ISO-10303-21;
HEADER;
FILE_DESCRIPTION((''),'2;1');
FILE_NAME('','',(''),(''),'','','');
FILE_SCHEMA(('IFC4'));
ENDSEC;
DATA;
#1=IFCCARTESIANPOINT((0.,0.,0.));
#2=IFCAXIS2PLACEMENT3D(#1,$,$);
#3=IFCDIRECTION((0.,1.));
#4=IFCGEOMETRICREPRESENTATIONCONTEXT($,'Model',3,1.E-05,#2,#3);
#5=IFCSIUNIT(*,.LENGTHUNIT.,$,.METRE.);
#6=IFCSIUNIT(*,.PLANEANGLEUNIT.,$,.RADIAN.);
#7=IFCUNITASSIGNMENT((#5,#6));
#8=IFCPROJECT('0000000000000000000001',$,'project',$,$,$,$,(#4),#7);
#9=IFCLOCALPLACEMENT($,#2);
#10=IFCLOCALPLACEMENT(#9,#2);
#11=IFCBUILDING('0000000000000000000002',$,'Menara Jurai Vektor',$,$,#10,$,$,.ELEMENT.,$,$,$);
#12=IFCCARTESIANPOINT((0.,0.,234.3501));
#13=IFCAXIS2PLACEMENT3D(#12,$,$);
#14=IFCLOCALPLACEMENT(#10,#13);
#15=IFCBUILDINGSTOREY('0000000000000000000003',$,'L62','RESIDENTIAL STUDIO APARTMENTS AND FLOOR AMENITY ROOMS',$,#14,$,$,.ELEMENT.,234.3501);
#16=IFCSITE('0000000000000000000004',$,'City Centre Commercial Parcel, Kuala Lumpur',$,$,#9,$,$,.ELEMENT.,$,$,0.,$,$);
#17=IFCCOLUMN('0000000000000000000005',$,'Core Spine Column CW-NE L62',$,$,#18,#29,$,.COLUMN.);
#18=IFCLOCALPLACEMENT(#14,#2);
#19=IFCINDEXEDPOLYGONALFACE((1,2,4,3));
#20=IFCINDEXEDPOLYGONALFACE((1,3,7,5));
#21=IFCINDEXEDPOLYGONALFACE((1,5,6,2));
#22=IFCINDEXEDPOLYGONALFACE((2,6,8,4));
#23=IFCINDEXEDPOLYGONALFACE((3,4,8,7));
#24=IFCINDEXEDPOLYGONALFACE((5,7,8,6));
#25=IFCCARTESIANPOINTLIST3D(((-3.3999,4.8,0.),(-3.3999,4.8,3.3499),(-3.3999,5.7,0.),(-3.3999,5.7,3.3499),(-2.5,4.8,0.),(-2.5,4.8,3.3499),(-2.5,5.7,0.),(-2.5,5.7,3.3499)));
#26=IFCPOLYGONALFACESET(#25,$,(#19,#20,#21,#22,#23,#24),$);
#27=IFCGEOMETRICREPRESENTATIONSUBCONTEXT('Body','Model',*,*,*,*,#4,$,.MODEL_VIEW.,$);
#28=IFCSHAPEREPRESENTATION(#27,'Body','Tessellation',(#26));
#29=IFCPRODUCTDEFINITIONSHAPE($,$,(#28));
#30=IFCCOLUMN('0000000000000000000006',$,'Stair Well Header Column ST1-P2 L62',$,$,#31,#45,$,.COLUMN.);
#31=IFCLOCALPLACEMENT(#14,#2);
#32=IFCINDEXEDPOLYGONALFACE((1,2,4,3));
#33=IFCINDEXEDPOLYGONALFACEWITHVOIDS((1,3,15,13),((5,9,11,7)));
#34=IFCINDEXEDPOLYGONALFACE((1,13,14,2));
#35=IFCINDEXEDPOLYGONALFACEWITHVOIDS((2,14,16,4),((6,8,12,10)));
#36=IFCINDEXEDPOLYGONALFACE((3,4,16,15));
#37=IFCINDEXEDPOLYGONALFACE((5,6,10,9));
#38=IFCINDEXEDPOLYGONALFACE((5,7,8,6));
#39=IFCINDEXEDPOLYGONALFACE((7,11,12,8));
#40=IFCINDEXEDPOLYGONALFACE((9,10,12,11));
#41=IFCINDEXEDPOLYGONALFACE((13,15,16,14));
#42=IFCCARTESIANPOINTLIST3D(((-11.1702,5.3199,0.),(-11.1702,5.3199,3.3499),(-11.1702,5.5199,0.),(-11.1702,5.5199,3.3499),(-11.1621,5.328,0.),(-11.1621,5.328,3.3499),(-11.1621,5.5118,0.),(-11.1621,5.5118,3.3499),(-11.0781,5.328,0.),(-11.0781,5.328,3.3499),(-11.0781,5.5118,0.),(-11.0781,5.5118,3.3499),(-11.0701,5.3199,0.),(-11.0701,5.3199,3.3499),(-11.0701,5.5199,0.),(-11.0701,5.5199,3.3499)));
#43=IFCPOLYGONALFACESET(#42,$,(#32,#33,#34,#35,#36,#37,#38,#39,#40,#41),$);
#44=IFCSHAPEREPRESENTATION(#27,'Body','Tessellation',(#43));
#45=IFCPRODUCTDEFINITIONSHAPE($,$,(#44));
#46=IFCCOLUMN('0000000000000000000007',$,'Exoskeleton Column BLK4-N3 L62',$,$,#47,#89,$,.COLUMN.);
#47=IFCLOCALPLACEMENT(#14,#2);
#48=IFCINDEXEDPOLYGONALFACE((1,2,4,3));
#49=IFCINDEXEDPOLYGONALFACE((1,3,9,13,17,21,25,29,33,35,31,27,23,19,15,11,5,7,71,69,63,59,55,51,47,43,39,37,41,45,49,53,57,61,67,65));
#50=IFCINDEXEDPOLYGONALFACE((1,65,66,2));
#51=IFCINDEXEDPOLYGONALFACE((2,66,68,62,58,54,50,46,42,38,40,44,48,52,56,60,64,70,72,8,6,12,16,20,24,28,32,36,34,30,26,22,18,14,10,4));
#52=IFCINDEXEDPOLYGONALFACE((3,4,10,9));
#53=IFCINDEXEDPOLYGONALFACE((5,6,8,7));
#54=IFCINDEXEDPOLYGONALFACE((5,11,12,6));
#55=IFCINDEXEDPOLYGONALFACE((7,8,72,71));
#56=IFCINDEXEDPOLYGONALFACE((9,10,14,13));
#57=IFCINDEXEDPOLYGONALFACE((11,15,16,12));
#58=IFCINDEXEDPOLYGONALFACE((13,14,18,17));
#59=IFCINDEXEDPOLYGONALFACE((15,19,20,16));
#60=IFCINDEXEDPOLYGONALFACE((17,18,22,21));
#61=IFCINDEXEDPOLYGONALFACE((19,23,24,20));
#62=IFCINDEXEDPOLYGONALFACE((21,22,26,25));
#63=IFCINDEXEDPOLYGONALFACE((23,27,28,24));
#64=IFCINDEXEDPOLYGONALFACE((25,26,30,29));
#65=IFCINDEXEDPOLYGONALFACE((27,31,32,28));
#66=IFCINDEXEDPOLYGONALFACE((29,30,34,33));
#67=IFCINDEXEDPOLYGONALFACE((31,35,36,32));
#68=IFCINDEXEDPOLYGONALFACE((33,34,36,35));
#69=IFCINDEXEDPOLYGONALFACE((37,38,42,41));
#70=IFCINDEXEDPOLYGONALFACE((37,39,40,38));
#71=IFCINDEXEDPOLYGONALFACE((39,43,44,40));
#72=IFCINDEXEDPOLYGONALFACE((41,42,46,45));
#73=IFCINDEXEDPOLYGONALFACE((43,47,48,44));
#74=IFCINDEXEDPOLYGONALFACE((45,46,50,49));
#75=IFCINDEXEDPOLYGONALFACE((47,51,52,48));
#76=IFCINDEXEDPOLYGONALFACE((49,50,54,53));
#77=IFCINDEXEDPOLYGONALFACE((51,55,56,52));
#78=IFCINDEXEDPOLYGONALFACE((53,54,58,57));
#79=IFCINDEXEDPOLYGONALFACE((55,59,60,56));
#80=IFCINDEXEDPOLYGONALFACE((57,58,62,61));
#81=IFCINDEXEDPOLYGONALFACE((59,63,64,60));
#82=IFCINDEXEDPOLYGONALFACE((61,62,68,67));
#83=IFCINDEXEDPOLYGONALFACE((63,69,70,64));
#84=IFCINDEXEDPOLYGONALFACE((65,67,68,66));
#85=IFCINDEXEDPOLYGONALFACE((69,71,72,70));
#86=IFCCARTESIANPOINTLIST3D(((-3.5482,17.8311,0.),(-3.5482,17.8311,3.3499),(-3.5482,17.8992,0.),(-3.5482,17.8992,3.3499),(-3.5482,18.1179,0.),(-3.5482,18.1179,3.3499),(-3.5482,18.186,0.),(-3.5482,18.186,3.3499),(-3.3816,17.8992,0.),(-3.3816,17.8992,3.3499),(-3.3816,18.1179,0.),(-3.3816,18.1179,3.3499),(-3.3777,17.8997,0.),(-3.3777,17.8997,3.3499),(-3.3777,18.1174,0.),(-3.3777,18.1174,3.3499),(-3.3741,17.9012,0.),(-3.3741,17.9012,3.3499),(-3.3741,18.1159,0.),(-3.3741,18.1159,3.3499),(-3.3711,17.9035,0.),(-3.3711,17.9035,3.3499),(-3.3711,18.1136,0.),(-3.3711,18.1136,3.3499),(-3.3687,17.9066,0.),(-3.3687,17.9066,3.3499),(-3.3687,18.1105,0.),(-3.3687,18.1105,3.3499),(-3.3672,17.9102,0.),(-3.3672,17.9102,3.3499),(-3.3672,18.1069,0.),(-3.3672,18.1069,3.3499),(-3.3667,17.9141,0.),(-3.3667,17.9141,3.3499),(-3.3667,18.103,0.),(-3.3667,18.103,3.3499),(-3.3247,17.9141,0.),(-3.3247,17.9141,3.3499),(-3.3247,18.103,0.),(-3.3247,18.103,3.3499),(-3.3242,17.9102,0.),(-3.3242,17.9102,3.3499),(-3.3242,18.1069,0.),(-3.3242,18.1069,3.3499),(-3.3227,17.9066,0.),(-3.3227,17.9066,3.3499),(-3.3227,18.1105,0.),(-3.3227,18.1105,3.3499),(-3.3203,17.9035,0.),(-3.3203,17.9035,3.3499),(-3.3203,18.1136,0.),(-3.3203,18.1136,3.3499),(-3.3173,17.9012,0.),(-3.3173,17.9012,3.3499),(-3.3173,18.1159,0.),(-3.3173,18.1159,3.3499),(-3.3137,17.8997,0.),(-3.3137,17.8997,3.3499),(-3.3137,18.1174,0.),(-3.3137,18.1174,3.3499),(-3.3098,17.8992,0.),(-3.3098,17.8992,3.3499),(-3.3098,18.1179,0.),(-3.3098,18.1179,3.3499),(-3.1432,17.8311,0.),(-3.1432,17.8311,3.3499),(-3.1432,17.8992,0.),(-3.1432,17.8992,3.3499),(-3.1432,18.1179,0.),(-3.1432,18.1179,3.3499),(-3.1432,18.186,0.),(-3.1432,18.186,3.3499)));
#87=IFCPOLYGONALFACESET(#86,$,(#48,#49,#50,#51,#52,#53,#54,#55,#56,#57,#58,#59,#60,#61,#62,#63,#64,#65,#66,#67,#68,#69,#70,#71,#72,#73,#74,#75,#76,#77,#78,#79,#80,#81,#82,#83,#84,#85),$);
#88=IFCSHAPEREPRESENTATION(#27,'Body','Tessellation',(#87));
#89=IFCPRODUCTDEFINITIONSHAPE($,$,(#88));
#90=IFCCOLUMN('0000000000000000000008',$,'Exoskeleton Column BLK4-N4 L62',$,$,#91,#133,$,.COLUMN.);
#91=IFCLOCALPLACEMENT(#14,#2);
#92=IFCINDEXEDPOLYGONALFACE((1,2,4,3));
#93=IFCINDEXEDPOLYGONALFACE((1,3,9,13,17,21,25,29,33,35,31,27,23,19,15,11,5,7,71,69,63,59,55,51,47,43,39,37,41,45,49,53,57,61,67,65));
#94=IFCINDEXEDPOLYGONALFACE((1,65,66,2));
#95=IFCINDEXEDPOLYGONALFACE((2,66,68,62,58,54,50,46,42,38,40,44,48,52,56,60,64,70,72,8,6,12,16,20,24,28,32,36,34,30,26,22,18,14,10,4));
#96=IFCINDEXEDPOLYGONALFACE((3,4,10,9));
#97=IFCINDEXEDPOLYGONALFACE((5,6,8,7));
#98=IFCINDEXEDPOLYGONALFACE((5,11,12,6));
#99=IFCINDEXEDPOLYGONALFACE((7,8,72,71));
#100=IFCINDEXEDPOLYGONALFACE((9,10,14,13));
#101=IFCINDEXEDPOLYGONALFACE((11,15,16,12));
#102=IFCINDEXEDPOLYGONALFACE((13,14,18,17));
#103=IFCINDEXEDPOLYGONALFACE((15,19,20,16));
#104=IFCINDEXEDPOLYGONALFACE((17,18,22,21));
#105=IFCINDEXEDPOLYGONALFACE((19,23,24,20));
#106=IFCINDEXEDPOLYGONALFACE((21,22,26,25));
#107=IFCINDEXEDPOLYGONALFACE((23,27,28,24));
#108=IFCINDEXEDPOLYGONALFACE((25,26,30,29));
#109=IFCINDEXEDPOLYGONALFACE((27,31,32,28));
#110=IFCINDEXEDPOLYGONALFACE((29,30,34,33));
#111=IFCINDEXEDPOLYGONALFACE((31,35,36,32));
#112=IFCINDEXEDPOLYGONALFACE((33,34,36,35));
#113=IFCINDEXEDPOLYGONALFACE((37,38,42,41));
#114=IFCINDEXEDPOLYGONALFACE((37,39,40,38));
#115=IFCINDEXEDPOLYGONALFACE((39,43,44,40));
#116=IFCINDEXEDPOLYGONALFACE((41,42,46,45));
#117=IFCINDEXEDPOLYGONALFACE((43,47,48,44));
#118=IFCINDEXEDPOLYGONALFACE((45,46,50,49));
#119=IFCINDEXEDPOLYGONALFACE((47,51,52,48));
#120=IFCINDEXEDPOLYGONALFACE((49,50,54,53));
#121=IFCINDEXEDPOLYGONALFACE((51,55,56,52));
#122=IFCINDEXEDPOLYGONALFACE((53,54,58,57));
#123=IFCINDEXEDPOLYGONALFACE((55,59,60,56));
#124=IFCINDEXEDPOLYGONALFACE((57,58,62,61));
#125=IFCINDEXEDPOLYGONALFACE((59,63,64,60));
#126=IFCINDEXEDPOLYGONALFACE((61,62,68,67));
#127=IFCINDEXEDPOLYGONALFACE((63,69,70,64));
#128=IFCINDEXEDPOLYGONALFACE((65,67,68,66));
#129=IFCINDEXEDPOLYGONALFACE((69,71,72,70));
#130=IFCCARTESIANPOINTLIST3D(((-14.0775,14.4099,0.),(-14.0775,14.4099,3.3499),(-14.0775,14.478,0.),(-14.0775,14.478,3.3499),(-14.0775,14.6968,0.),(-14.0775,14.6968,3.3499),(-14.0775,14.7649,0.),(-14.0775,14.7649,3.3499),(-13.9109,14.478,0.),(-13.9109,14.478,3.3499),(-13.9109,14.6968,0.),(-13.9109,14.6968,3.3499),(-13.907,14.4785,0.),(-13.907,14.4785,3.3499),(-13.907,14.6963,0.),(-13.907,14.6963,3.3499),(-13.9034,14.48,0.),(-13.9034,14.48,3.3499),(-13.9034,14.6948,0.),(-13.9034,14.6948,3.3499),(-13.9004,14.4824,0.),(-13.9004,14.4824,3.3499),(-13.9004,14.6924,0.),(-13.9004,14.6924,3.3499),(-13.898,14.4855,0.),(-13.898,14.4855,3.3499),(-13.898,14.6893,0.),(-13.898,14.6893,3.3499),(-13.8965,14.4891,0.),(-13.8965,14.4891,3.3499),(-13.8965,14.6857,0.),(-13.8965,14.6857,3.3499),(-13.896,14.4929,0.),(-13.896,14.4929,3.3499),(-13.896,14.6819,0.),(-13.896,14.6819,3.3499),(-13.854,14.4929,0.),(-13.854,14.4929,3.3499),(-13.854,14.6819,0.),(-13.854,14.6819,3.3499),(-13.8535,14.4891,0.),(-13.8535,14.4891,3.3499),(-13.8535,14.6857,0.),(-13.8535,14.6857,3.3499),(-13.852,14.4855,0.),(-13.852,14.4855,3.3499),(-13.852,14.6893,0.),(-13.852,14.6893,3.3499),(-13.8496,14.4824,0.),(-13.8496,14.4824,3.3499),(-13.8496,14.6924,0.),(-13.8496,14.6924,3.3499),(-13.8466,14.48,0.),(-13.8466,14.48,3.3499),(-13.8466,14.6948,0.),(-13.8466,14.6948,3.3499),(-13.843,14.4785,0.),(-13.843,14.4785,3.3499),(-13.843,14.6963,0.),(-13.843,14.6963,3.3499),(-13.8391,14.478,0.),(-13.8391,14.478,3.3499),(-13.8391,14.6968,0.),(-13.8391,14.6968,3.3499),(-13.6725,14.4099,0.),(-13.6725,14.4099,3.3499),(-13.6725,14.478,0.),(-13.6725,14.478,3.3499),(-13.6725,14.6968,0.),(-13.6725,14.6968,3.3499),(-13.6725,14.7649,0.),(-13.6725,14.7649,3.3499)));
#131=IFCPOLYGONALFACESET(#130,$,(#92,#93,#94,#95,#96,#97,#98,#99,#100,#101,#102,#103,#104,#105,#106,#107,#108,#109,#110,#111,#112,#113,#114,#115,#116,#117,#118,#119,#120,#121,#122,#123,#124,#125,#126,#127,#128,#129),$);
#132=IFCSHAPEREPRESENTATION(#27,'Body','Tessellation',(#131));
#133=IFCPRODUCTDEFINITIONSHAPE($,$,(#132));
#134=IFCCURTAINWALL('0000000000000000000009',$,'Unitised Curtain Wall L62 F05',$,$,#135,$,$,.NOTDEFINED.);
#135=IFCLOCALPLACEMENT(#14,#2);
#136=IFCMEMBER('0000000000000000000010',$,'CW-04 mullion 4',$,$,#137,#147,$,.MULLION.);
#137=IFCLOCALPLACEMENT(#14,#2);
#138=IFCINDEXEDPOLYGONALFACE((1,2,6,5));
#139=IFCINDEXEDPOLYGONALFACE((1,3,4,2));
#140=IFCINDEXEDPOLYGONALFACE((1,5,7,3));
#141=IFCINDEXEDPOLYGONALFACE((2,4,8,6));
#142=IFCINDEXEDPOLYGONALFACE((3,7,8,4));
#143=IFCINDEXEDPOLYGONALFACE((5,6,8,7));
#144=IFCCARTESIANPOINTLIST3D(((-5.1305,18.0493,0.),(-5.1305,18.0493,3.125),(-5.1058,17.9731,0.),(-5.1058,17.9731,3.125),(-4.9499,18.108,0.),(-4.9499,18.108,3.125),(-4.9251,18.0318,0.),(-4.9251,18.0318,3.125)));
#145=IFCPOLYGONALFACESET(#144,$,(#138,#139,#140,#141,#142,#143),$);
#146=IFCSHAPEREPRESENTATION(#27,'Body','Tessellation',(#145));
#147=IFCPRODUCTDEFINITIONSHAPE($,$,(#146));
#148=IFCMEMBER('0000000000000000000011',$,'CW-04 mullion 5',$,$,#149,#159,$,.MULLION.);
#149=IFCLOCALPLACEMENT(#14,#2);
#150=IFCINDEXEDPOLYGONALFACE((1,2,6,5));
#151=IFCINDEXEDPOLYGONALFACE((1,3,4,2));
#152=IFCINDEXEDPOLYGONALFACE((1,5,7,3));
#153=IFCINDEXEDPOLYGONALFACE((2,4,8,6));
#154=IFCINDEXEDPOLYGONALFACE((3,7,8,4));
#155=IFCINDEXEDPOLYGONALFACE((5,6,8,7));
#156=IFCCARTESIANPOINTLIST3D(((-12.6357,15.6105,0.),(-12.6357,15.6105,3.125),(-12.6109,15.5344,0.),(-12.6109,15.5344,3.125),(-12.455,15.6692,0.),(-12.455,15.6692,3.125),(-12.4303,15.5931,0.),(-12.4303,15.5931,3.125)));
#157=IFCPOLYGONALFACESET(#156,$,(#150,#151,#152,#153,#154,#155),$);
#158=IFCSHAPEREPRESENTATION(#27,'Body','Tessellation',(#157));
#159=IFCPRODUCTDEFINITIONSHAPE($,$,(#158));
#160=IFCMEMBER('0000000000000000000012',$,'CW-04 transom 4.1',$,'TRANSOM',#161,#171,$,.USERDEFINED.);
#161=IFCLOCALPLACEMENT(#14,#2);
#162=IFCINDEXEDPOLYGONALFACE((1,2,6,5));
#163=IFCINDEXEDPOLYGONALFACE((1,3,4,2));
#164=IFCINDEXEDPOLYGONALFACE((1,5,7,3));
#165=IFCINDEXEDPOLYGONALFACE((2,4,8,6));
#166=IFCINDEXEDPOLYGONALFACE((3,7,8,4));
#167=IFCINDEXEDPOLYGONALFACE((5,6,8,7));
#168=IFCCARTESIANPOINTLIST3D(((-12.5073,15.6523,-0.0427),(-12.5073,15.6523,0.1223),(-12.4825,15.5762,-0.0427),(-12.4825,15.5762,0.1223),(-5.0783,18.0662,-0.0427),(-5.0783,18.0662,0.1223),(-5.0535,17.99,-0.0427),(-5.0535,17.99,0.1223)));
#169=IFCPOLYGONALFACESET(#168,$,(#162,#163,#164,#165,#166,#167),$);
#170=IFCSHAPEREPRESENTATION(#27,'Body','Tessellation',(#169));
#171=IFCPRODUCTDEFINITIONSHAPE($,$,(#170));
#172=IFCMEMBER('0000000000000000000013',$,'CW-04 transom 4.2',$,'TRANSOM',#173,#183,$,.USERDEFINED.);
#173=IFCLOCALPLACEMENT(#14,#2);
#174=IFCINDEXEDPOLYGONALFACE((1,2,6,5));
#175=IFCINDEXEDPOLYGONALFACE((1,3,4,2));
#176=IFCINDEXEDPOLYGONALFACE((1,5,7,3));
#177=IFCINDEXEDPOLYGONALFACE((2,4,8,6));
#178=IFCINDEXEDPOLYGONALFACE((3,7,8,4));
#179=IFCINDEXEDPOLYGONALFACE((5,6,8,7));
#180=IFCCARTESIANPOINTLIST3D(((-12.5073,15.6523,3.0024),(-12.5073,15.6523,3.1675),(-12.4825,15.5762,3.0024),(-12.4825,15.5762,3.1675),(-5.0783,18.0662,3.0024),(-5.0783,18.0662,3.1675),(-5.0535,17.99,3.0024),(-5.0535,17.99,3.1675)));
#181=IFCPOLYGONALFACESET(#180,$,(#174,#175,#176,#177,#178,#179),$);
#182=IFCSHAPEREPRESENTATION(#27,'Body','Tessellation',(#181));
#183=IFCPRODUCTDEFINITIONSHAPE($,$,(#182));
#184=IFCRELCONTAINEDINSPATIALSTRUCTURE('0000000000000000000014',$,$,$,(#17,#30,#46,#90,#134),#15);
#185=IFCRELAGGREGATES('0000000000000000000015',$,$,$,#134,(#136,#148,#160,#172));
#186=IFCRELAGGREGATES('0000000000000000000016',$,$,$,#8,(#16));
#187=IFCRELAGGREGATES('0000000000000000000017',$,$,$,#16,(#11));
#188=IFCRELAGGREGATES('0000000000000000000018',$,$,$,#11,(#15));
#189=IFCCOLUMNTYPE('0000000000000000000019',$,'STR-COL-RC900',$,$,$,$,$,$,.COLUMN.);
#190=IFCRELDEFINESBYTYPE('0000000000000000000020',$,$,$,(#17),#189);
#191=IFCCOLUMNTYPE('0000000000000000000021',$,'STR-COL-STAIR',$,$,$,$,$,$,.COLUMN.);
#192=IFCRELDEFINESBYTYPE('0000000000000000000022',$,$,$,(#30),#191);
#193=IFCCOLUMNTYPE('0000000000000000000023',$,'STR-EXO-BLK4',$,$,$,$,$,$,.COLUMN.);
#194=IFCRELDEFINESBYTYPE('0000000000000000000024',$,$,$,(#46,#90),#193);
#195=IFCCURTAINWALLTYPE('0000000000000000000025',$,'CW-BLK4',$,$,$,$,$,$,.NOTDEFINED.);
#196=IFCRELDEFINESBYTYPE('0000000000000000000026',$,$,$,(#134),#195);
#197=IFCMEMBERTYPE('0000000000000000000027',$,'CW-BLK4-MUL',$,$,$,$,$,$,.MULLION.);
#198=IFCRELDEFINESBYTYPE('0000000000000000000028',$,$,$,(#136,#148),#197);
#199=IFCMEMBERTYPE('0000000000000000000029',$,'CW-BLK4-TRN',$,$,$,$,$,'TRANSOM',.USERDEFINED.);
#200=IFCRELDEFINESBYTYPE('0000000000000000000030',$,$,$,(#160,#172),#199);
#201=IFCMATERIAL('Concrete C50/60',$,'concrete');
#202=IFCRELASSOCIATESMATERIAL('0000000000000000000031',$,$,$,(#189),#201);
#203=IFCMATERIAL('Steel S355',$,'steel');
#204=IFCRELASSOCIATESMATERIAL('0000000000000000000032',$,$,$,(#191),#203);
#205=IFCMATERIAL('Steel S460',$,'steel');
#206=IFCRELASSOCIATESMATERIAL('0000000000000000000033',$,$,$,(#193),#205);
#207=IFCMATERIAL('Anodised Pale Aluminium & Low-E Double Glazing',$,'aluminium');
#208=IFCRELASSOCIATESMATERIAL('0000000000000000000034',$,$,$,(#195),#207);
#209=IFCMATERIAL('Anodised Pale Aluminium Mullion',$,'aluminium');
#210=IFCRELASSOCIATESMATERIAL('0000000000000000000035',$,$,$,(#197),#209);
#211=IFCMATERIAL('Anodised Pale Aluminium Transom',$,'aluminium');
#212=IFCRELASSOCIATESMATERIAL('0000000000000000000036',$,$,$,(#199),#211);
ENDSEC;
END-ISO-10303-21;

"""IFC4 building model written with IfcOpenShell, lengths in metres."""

from ifc_helpers import new_model, si_unit, direction, frame, origin, origin_2d, place, context, subcontext, project, spatial, rectangle, hollow_rectangle, i_section, extrude, material, material_profile, profile_set, type_object, element, aggregate, save


model = new_model("IFC4")

# Units and contexts
model_context = context("Model", 3, precision=1e-05, world=origin(), true_north=direction((0.0, 1.0)))
body_context = subcontext(model_context, "Body", "Model", "MODEL_VIEW")
ifc_project = project(units=[si_unit("LENGTHUNIT", "METRE"), si_unit("PLANEANGLEUNIT", "RADIAN")], contexts=[model_context])

# Site, building, storey
site_placement = place(None, origin())
site = spatial("IfcSite", under=ifc_project, at=site_placement, Name="City Centre Commercial Parcel, Kuala Lumpur", CompositionType="ELEMENT", RefElevation=0.0)
building_placement = place(site_placement, origin())
building = spatial("IfcBuilding", under=site, at=building_placement, Name="Menara Jurai Vektor", CompositionType="ELEMENT")
storey_placement = place(building_placement, frame((0.0, 0.0, 234.3501)))
storey = spatial("IfcBuildingStorey", under=building, at=storey_placement, Name="L62", Description="RESIDENTIAL STUDIO APARTMENTS AND FLOOR AMENITY ROOMS", CompositionType="ELEMENT", Elevation=234.3501)

# Columns
ifc_material_1 = material(Name="Concrete C50/60", Category="concrete")
ifc_material_profile_1 = material_profile(ifc_material_1, rectangle(XDim=0.8999, YDim=0.8999, at=origin_2d()), Name="RC 900x900")
ifc_profile_set_1 = profile_set([ifc_material_profile_1], Name="Concrete C50/60")
column_type_1 = type_object("IfcColumnType", Name="STR-COL-RC900", PredefinedType="COLUMN", material=ifc_profile_set_1)
column_1_placement = place(storey_placement, frame((-2.95, 5.25, 0.0), z_axis=(0.0, 0.0, 1.0), x_axis=(1.0, 0.0, 0.0)))
element("IfcColumn", 1, at=column_1_placement, inside=storey, type_object=column_type_1, Name="Core Spine Column CW-NE L62", PredefinedType="COLUMN", context=body_context, shape_type="SweptSolid", body=[
    extrude(rectangle(XDim=0.8999, YDim=0.8999, at=origin_2d()), origin(), (0.0, 0.0, 1.0), 3.3499),
])
ifc_material_2 = material(Name="Steel S355", Category="steel")
ifc_material_profile_2 = material_profile(ifc_material_2, hollow_rectangle(XDim=0.1001, YDim=0.2, WallThickness=0.0081, at=origin_2d()), Name="RHS 200x100x8")
ifc_profile_set_2 = profile_set([ifc_material_profile_2], Name="Steel S355")
column_type_2 = type_object("IfcColumnType", Name="STR-COL-STAIR", PredefinedType="COLUMN", material=ifc_profile_set_2)
column_2_placement = place(storey_placement, frame((-11.1201, 5.4199, 0.0), z_axis=(0.0, 0.0, 1.0), x_axis=(1.0, 0.0, 0.0)))
element("IfcColumn", 2, at=column_2_placement, inside=storey, type_object=column_type_2, Name="Stair Well Header Column ST1-P2 L62", PredefinedType="COLUMN", context=body_context, shape_type="SweptSolid", body=[
    extrude(hollow_rectangle(XDim=0.1001, YDim=0.2, WallThickness=0.0081, at=origin_2d()), origin(), (0.0, 0.0, 1.0), 3.3499),
])
ifc_material_3 = material(Name="Steel S460", Category="steel")
ifc_material_profile_3 = material_profile(ifc_material_3, i_section(OverallWidth=0.405, OverallDepth=0.355, WebThickness=0.042, FlangeThickness=0.0681, FilletRadius=0.0149, at=origin_2d()), Name="HD 400x551")
ifc_profile_set_3 = profile_set([ifc_material_profile_3], Name="Steel S460")
column_type_3 = type_object("IfcColumnType", Name="STR-EXO-BLK4", PredefinedType="COLUMN", material=ifc_profile_set_3)
for number, where, z_axis, x_axis, name in (
    (3, (-3.3457, 18.0085, 0.0), (0.0, 0.0, 1.0), (1.0, 0.0, 0.0), "Exoskeleton Column BLK4-N3 L62"),
    (4, (-13.875, 14.5874, 0.0), (0.0, 0.0, 1.0), (1.0, 0.0, 0.0), "Exoskeleton Column BLK4-N4 L62"),
):
    element("IfcColumn", number, at=place(storey_placement, frame(where, z_axis=z_axis, x_axis=x_axis)), inside=storey, type_object=column_type_3, Name=name, PredefinedType="COLUMN", context=body_context, shape_type="SweptSolid", body=[
        extrude(i_section(OverallWidth=0.405, OverallDepth=0.355, WebThickness=0.042, FlangeThickness=0.0681, FilletRadius=0.0149, at=origin_2d()), origin(), (0.0, 0.0, 1.0), 3.3499),
    ])

# Curtain wall, members
ifc_material_4 = material(Name="Anodised Pale Aluminium & Low-E Double Glazing", Category="aluminium")
curtain_wall_type = type_object("IfcCurtainWallType", Name="CW-BLK4", PredefinedType="NOTDEFINED", material=ifc_material_4)
curtain_wall_placement = place(storey_placement, origin())
curtain_wall = element("IfcCurtainWall", 5, at=curtain_wall_placement, inside=storey, type_object=curtain_wall_type, Name="Unitised Curtain Wall L62 F05", PredefinedType="NOTDEFINED")
ifc_material_5 = material(Name="Anodised Pale Aluminium Mullion", Category="aluminium")
ifc_material_profile_4 = material_profile(ifc_material_5, rectangle(XDim=0.0801, YDim=0.1899, at=origin_2d()), Name="ALU MUL 80x190")
ifc_profile_set_4 = profile_set([ifc_material_profile_4], Name="Anodised Pale Aluminium Mullion")
member_type_1 = type_object("IfcMemberType", Name="CW-BLK4-MUL", PredefinedType="MULLION", material=ifc_profile_set_4)
member_1_placement = place(storey_placement, frame((-5.0278, 18.0405, 0.0), z_axis=(0.0, 0.0, 1.0), x_axis=(0.309017, -0.951056, 0.0)))
member_1 = element("IfcMember", 6, at=member_1_placement, type_object=member_type_1, Name="CW-04 mullion 4", PredefinedType="MULLION", context=body_context, shape_type="SweptSolid", body=[
    extrude(rectangle(XDim=0.0801, YDim=0.1899, at=origin_2d()), origin(), (0.0, 0.0, 1.0), 3.125),
])
member_2_placement = place(storey_placement, frame((-12.533, 15.6018, 0.0), z_axis=(0.0, 0.0, 1.0), x_axis=(0.309017, -0.951056, 0.0)))
member_2 = element("IfcMember", 7, at=member_2_placement, type_object=member_type_1, Name="CW-04 mullion 5", PredefinedType="MULLION", context=body_context, shape_type="SweptSolid", body=[
    extrude(rectangle(XDim=0.0801, YDim=0.1899, at=origin_2d()), origin(), (0.0, 0.0, 1.0), 3.125),
])
ifc_material_6 = material(Name="Anodised Pale Aluminium Transom", Category="aluminium")
ifc_material_profile_5 = material_profile(ifc_material_6, rectangle(XDim=0.0801, YDim=0.165, at=origin_2d()), Name="ALU TRN 80x165")
ifc_profile_set_5 = profile_set([ifc_material_profile_5], Name="Anodised Pale Aluminium Transom")
member_type_2 = type_object("IfcMemberType", Name="CW-BLK4-TRN", ElementType="TRANSOM", PredefinedType="USERDEFINED", material=ifc_profile_set_5)
member_3_placement = place(storey_placement, frame((-5.0659, 18.0281, 0.0398), z_axis=(-0.951056, -0.309018, 0.0), x_axis=(0.309018, -0.951056, 0.0)))
member_3 = element("IfcMember", 8, at=member_3_placement, type_object=member_type_2, Name="CW-04 transom 4.1", ObjectType="TRANSOM", PredefinedType="USERDEFINED", context=body_context, shape_type="SweptSolid", body=[
    extrude(rectangle(XDim=0.0801, YDim=0.165, at=origin_2d()), origin(), (0.0, 0.0, 1.0), 7.8113),
])
member_4_placement = place(storey_placement, frame((-5.0659, 18.0281, 3.085), z_axis=(-0.951056, -0.309018, 0.0), x_axis=(0.309018, -0.951056, 0.0)))
member_4 = element("IfcMember", 9, at=member_4_placement, type_object=member_type_2, Name="CW-04 transom 4.2", ObjectType="TRANSOM", PredefinedType="USERDEFINED", context=body_context, shape_type="SweptSolid", body=[
    extrude(rectangle(XDim=0.0801, YDim=0.165, at=origin_2d()), origin(), (0.0, 0.0, 1.0), 7.8113),
])

aggregate(curtain_wall, [member_1, member_2, member_3, member_4])

save(model, "model.ifc")
